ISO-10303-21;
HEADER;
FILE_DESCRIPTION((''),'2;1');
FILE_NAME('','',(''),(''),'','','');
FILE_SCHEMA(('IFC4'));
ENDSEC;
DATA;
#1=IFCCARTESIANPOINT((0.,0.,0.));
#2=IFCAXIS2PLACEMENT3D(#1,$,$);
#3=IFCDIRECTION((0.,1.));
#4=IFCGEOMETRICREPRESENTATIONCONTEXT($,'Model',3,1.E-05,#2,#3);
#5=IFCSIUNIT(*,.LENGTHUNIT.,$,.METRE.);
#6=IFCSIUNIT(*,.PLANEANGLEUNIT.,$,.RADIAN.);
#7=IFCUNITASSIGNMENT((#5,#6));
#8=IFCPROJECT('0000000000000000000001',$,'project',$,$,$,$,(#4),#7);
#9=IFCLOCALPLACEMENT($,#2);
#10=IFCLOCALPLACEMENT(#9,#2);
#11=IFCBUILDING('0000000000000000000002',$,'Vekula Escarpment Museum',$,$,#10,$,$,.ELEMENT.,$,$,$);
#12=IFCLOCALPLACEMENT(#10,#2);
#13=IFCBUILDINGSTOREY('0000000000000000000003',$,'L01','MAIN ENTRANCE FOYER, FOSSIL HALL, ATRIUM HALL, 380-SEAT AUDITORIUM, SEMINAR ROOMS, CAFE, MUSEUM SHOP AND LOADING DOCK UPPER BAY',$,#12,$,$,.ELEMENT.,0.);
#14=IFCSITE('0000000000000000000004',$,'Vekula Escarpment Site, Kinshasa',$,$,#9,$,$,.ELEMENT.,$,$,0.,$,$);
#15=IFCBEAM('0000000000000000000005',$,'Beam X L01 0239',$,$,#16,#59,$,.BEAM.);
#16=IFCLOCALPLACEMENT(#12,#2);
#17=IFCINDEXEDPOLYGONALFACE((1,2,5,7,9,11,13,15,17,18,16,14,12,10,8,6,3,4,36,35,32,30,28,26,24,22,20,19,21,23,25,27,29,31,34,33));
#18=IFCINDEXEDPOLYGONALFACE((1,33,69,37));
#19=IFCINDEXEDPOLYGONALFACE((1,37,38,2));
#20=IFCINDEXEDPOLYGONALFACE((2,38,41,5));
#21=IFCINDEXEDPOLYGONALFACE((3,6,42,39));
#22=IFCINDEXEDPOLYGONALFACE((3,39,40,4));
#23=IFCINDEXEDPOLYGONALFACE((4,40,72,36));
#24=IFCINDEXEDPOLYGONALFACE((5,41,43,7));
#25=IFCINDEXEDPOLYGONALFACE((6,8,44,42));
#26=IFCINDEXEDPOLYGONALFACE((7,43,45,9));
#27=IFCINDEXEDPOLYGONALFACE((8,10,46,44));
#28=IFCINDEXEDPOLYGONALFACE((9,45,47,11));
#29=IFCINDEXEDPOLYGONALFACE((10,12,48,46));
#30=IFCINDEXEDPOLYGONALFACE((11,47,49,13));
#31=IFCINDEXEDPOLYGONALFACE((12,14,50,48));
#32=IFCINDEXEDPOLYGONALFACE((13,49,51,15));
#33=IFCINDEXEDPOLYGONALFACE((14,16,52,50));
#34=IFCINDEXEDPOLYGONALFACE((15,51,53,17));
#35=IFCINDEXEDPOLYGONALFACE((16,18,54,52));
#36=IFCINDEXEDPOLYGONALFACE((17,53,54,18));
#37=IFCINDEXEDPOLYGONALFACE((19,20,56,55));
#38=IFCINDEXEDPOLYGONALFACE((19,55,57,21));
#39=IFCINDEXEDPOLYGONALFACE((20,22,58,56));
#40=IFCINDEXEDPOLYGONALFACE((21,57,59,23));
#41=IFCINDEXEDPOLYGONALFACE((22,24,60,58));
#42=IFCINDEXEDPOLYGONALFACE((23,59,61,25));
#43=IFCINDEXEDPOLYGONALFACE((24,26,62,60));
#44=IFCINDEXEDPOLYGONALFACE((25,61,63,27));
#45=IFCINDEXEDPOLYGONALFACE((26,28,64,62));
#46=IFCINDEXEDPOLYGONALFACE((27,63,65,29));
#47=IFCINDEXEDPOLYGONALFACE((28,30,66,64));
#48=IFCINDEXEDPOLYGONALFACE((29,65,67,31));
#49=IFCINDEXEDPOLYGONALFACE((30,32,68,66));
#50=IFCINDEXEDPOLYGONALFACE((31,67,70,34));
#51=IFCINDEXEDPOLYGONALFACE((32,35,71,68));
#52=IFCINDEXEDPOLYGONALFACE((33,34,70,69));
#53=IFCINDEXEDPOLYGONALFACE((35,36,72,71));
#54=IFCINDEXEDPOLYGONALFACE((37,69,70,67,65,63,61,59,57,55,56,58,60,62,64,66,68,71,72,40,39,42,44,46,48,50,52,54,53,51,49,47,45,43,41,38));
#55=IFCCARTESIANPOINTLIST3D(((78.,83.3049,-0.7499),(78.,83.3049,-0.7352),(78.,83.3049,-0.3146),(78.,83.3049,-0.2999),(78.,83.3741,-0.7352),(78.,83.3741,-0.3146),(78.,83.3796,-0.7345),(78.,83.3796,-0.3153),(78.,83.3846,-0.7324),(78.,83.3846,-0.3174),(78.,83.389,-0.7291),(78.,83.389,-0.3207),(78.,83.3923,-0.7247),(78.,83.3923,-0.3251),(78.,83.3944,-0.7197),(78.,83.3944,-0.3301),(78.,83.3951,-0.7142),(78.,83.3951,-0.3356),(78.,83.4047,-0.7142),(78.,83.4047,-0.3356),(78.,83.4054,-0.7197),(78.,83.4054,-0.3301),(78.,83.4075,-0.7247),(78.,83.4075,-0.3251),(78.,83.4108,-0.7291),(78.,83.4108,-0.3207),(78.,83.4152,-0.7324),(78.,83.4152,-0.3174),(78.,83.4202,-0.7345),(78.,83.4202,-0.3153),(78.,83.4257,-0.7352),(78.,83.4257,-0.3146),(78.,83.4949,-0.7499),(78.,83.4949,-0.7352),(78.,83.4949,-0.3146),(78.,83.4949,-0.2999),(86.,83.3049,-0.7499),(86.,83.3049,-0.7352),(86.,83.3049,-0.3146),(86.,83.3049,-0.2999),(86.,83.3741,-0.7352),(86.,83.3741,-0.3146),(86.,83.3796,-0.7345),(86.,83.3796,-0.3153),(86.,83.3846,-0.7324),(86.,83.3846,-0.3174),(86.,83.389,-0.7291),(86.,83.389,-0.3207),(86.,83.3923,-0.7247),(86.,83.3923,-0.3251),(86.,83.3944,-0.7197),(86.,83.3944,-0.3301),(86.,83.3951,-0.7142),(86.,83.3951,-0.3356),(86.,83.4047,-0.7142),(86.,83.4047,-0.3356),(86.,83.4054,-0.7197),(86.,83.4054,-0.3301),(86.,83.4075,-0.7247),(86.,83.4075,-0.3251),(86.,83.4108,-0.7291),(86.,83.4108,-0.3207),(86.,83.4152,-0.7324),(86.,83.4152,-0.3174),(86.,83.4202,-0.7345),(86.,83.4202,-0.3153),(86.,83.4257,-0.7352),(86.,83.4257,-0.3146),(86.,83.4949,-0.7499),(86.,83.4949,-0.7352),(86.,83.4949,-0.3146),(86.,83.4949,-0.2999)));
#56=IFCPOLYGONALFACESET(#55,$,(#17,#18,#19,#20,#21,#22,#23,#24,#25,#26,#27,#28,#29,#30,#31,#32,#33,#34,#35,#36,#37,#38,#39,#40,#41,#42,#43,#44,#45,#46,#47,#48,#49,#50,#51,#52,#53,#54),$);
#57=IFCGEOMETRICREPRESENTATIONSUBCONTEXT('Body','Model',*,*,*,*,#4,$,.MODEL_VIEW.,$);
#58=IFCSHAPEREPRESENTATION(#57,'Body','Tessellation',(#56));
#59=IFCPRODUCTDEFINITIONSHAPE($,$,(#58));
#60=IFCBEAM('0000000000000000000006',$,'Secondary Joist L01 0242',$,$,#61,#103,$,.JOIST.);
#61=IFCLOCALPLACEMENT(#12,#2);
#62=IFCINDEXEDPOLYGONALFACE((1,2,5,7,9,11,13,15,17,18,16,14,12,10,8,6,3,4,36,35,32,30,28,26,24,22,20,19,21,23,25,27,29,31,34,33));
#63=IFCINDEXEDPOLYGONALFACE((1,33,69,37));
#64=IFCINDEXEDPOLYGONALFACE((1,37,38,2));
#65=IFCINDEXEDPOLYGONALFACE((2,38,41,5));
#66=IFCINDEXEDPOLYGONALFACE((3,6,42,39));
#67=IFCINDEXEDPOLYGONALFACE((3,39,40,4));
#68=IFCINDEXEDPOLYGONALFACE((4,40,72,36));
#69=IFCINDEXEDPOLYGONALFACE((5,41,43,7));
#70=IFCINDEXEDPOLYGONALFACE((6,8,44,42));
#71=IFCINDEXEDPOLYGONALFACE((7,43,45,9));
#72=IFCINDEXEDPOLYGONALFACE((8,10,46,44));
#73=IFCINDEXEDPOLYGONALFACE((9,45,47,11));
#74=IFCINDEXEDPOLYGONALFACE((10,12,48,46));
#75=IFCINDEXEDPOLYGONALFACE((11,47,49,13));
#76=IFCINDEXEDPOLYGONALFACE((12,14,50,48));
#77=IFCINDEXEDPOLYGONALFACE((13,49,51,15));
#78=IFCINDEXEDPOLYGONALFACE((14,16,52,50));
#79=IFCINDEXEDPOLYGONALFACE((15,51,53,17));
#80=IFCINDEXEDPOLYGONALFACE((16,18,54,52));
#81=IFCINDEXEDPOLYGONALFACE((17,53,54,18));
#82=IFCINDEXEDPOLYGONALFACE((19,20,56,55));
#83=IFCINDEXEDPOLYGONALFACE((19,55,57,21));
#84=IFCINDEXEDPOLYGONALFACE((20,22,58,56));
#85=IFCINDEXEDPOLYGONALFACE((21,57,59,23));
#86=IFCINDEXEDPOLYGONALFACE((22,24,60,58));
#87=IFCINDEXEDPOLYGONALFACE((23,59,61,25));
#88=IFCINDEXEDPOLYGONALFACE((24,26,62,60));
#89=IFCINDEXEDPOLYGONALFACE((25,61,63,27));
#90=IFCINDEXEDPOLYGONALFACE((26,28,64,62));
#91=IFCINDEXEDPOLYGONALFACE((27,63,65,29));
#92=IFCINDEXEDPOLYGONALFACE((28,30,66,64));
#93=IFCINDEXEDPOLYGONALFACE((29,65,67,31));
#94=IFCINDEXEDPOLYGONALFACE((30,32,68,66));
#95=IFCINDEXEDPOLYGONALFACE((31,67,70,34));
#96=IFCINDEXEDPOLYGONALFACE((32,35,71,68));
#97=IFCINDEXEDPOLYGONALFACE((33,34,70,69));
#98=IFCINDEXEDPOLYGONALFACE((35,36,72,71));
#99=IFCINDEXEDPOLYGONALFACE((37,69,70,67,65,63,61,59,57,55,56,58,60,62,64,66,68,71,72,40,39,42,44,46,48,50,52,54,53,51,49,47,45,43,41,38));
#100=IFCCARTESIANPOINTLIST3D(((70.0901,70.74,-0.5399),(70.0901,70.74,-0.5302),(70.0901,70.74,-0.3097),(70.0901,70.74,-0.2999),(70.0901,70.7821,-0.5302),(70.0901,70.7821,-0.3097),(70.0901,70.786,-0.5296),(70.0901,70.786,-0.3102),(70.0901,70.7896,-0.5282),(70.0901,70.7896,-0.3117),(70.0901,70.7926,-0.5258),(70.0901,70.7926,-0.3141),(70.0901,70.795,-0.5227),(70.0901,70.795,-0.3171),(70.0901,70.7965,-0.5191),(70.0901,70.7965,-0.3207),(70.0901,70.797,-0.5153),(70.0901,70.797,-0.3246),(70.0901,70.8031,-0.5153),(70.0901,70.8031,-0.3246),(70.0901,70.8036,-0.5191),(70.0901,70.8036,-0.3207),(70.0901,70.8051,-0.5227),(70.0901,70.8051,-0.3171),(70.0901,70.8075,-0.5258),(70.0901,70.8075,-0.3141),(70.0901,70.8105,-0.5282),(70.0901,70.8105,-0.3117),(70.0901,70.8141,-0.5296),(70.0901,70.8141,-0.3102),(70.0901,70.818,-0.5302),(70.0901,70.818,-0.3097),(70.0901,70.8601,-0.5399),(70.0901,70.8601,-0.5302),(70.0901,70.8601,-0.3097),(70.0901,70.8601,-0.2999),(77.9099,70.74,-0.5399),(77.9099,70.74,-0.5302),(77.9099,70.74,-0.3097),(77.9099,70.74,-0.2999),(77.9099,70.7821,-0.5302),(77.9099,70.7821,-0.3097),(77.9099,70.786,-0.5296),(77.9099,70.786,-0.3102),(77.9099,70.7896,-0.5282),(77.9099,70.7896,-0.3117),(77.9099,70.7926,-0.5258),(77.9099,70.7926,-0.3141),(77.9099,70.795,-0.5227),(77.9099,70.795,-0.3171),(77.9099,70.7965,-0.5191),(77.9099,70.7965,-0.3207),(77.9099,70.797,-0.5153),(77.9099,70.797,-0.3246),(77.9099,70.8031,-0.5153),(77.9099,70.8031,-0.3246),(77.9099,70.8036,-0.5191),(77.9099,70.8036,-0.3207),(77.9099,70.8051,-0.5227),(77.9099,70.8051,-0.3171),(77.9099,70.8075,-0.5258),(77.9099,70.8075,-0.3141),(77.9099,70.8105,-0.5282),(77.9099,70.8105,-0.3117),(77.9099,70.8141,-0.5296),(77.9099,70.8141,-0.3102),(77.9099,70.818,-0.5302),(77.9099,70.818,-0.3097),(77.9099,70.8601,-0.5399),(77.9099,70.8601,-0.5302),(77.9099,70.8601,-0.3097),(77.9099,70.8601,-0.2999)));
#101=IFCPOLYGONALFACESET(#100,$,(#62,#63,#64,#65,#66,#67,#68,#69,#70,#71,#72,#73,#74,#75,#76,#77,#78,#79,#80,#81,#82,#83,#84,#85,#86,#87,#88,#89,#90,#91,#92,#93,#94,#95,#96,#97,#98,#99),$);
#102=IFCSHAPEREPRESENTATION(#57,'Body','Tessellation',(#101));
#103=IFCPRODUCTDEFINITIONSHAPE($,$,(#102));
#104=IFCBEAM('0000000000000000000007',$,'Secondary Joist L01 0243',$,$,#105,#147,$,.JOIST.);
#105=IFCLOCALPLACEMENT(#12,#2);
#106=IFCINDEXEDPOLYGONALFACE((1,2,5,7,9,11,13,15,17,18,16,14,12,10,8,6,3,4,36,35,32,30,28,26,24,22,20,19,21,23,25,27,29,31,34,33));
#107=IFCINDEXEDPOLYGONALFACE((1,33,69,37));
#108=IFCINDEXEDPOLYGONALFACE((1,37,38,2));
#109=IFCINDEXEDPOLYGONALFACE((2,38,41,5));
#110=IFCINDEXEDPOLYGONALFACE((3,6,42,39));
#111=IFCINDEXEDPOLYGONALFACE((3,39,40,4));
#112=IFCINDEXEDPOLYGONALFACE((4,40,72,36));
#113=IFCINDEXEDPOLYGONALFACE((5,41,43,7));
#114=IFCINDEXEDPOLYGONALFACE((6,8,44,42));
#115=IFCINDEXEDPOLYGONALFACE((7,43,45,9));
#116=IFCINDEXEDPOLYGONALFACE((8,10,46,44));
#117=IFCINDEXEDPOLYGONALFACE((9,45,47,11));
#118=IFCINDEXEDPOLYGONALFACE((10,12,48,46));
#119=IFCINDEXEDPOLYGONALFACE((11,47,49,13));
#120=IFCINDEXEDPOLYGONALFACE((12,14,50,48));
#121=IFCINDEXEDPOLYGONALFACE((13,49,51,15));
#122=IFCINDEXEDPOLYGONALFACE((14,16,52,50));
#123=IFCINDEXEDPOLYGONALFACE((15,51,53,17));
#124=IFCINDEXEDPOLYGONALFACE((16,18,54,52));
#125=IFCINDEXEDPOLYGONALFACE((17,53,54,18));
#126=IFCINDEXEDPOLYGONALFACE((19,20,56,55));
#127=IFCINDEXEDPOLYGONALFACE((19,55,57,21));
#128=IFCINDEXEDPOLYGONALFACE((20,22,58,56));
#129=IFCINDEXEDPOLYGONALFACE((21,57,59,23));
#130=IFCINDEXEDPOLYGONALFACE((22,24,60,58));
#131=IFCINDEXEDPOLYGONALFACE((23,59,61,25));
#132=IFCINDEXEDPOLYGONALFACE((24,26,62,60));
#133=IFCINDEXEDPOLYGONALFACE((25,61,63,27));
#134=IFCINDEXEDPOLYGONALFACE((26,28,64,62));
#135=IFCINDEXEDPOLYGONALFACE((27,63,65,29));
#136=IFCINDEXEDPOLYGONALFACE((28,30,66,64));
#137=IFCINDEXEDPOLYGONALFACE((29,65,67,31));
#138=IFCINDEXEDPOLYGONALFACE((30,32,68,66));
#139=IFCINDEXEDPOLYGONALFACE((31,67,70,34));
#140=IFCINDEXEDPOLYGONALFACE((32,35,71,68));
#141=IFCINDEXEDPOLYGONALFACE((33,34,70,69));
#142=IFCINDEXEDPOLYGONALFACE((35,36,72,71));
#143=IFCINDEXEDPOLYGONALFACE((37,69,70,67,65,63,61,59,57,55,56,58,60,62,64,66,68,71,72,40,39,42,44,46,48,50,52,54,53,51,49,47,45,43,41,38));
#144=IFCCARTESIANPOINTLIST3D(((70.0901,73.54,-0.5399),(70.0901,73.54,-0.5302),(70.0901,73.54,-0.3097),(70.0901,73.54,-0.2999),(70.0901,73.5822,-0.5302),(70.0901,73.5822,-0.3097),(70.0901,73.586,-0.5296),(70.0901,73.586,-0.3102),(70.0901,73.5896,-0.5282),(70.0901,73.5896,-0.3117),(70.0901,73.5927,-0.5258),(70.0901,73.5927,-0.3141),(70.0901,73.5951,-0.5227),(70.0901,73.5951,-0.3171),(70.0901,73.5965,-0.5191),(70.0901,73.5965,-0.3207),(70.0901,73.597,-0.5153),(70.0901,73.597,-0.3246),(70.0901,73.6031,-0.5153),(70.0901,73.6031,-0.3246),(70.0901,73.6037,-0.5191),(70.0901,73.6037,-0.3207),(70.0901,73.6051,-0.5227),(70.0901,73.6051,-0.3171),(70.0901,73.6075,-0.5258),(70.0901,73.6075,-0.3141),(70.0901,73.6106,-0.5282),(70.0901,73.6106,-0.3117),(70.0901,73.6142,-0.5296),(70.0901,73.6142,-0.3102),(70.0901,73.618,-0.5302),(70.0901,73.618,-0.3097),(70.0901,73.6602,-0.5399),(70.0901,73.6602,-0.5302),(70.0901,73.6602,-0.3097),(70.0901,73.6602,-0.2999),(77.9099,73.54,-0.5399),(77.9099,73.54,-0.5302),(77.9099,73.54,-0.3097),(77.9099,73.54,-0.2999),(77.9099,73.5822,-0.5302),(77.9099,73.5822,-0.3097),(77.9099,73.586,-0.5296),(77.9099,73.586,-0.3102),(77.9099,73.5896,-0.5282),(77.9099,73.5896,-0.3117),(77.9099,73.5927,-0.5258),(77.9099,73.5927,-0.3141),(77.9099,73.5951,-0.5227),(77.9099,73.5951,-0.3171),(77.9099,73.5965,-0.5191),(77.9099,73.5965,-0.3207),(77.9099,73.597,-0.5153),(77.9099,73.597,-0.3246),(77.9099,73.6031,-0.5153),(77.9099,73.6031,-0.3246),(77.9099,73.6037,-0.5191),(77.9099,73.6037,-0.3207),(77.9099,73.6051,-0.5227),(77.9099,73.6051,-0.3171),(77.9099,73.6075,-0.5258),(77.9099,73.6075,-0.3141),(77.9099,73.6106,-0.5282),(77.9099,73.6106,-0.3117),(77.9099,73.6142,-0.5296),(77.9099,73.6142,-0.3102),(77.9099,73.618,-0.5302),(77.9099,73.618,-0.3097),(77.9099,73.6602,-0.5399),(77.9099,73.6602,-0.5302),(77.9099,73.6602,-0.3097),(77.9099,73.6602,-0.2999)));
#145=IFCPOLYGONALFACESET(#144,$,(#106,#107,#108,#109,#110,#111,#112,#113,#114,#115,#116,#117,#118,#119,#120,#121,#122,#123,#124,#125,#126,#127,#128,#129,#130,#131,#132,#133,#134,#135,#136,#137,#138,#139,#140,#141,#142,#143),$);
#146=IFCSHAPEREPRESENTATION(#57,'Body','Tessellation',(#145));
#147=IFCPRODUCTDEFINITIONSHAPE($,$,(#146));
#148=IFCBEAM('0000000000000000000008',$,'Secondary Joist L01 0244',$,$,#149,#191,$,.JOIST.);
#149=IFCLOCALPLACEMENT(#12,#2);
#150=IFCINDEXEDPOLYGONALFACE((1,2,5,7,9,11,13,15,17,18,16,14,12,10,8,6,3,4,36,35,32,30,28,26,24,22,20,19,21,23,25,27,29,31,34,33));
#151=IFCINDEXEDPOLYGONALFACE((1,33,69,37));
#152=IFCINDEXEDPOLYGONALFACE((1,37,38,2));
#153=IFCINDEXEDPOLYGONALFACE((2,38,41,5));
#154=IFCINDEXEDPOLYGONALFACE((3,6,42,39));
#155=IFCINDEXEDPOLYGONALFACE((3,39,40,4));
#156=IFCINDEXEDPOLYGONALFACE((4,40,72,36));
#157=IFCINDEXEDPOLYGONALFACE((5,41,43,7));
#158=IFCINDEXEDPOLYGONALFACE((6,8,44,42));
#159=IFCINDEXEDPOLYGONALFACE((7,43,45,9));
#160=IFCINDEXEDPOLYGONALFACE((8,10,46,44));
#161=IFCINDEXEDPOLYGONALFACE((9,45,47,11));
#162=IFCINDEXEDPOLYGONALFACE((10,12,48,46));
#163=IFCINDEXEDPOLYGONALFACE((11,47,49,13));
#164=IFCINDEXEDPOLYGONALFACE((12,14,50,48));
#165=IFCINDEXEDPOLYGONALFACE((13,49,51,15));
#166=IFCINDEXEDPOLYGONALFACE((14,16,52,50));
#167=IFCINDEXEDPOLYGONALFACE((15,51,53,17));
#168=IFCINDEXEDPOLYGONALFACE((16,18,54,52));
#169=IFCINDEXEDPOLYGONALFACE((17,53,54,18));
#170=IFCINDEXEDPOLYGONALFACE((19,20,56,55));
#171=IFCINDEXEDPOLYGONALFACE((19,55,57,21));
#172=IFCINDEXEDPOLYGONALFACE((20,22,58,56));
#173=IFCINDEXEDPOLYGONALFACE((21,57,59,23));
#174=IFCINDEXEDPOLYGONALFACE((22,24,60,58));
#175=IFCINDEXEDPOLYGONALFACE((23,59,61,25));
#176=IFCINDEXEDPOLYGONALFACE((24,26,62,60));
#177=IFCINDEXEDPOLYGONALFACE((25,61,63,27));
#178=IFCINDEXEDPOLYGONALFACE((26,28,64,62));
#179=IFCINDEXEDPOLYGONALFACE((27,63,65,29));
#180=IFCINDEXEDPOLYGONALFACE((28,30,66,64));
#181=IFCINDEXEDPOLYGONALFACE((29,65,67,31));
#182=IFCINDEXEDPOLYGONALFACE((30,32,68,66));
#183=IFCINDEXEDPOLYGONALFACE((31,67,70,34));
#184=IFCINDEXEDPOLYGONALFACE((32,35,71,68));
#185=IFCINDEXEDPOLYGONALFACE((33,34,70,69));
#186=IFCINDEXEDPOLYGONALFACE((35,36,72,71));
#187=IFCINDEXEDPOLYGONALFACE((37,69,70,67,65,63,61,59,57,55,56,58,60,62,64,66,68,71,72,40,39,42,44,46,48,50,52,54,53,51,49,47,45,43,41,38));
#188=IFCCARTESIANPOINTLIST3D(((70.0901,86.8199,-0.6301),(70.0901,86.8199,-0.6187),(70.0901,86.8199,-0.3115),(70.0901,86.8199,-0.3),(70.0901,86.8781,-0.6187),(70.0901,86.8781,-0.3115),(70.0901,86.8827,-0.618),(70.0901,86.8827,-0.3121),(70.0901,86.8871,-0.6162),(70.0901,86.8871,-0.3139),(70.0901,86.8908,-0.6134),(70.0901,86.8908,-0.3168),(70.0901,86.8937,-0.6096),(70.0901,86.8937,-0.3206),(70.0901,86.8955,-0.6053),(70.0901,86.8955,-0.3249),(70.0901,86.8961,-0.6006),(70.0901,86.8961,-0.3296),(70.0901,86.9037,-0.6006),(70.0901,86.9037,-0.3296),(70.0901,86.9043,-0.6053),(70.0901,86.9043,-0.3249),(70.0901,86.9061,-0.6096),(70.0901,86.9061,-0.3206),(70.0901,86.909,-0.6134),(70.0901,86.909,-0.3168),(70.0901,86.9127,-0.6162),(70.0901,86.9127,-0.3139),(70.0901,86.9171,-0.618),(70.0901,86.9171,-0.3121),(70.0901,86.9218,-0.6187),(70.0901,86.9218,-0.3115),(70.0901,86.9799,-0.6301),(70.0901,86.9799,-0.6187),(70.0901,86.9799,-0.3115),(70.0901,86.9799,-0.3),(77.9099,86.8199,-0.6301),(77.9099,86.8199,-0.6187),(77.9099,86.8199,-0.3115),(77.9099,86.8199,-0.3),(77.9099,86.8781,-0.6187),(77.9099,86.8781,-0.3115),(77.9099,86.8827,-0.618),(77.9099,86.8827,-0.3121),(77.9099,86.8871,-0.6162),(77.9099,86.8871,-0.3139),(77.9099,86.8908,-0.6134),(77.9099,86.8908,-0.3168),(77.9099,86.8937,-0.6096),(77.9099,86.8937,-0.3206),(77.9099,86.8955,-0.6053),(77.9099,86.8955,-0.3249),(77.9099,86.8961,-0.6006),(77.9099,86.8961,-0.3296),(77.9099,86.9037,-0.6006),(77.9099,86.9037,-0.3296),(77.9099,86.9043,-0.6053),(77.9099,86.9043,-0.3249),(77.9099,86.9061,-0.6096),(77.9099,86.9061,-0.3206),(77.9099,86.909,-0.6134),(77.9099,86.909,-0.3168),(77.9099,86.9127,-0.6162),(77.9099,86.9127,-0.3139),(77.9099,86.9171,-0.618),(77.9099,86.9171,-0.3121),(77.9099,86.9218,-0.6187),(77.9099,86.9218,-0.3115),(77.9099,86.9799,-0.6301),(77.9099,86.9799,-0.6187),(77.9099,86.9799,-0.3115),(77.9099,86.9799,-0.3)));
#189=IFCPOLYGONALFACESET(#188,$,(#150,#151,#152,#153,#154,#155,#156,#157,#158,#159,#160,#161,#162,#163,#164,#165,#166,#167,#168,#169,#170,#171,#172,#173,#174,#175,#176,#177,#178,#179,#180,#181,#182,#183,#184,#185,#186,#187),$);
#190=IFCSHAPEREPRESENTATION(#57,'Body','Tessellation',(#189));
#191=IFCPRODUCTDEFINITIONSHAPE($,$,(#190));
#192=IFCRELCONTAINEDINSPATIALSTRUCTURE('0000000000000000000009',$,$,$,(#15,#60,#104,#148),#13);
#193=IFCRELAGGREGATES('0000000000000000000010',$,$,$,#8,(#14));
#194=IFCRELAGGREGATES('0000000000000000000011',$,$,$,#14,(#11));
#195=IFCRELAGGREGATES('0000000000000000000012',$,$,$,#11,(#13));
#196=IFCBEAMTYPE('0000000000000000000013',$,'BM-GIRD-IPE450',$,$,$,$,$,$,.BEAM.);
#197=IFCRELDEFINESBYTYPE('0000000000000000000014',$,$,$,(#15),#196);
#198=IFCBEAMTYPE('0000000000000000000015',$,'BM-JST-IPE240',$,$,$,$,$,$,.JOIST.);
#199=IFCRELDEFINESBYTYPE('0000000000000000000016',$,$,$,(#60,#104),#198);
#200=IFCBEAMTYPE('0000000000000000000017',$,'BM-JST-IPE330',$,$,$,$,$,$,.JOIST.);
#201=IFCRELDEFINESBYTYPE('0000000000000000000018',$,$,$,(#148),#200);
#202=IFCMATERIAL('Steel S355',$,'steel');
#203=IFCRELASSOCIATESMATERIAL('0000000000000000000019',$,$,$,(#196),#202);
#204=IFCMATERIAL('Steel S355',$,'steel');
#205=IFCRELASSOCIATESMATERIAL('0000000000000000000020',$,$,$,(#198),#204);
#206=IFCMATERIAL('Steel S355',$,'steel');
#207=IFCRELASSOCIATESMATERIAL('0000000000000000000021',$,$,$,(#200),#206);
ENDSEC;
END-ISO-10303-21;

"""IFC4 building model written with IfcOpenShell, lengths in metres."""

from ifc_helpers import new_model, si_unit, direction, frame, origin, origin_2d, place, context, subcontext, project, spatial, i_section, extrude, material, material_profile, profile_set, type_object, element, save


model = new_model("IFC4")

# Units and contexts
model_context = context("Model", 3, precision=1e-05, world=origin(), true_north=direction((0.0, 1.0)))
body_context = subcontext(model_context, "Body", "Model", "MODEL_VIEW")
ifc_project = project(units=[si_unit("LENGTHUNIT", "METRE"), si_unit("PLANEANGLEUNIT", "RADIAN")], contexts=[model_context])

# Site, building, storey
site_placement = place(None, origin())
site = spatial("IfcSite", under=ifc_project, at=site_placement, Name="Vekula Escarpment Site, Kinshasa", CompositionType="ELEMENT", RefElevation=0.0)
building_placement = place(site_placement, origin())
building = spatial("IfcBuilding", under=site, at=building_placement, Name="Vekula Escarpment Museum", CompositionType="ELEMENT")
storey_placement = place(building_placement, origin())
storey = spatial("IfcBuildingStorey", under=building, at=storey_placement, Name="L01", Description="MAIN ENTRANCE FOYER, FOSSIL HALL, ATRIUM HALL, 380-SEAT AUDITORIUM, SEMINAR ROOMS, CAFE, MUSEUM SHOP AND LOADING DOCK UPPER BAY", CompositionType="ELEMENT", Elevation=0.0)

# Beams
ifc_material_1 = material(Name="Steel S355", Category="steel")
ifc_material_profile_1 = material_profile(ifc_material_1, i_section(OverallWidth=0.1899, OverallDepth=0.45, WebThickness=0.0095, FlangeThickness=0.0146, FilletRadius=0.021, at=origin_2d()), Name="IPE 450")
ifc_profile_set_1 = profile_set([ifc_material_profile_1], Name="Steel S355")
beam_type_1 = type_object("IfcBeamType", Name="BM-GIRD-IPE450", PredefinedType="BEAM", material=ifc_profile_set_1)
beam_1_placement = place(storey_placement, frame((78.0, 83.3999, -0.5249), z_axis=(1.0, 0.0, 0.0), x_axis=(0.0, 1.0, 0.0)))
element("IfcBeam", 1, at=beam_1_placement, inside=storey, type_object=beam_type_1, Name="Beam X L01 0239", PredefinedType="BEAM", context=body_context, shape_type="SweptSolid", body=[
    extrude(i_section(OverallWidth=0.1899, OverallDepth=0.45, WebThickness=0.0095, FlangeThickness=0.0146, FilletRadius=0.021, at=origin_2d()), origin(), (0.0, 0.0, 1.0), 8.0),
])
ifc_material_2 = material(Name="Steel S355", Category="steel")
ifc_material_profile_2 = material_profile(ifc_material_2, i_section(OverallWidth=0.1201, OverallDepth=0.24, WebThickness=0.0061, FlangeThickness=0.0098, FilletRadius=0.0149, at=origin_2d()), Name="IPE 240")
ifc_profile_set_2 = profile_set([ifc_material_profile_2], Name="Steel S355")
beam_type_2 = type_object("IfcBeamType", Name="BM-JST-IPE240", PredefinedType="JOIST", material=ifc_profile_set_2)
for number, where, z_axis, x_axis, name in (
    (2, (70.0901, 70.8, -0.4199), (1.0, 0.0, 0.0), (0.0, 1.0, 0.0), "Secondary Joist L01 0242"),
    (3, (70.0901, 73.6001, -0.4199), (1.0, 0.0, 0.0), (0.0, 1.0, 0.0), "Secondary Joist L01 0243"),
):
    element("IfcBeam", number, at=place(storey_placement, frame(where, z_axis=z_axis, x_axis=x_axis)), inside=storey, type_object=beam_type_2, Name=name, PredefinedType="JOIST", context=body_context, shape_type="SweptSolid", body=[
        extrude(i_section(OverallWidth=0.1201, OverallDepth=0.24, WebThickness=0.0061, FlangeThickness=0.0098, FilletRadius=0.0149, at=origin_2d()), origin(), (0.0, 0.0, 1.0), 7.8198),
    ])
ifc_material_3 = material(Name="Steel S355", Category="steel")
ifc_material_profile_3 = material_profile(ifc_material_3, i_section(OverallWidth=0.1599, OverallDepth=0.3301, WebThickness=0.0076, FlangeThickness=0.0115, FilletRadius=0.0181, at=origin_2d()), Name="IPE 330")
ifc_profile_set_3 = profile_set([ifc_material_profile_3], Name="Steel S355")
beam_type_3 = type_object("IfcBeamType", Name="BM-JST-IPE330", PredefinedType="JOIST", material=ifc_profile_set_3)
beam_2_placement = place(storey_placement, frame((70.0901, 86.8999, -0.4651), z_axis=(1.0, 0.0, 0.0), x_axis=(0.0, 1.0, 0.0)))
element("IfcBeam", 4, at=beam_2_placement, inside=storey, type_object=beam_type_3, Name="Secondary Joist L01 0244", PredefinedType="JOIST", context=body_context, shape_type="SweptSolid", body=[
    extrude(i_section(OverallWidth=0.1599, OverallDepth=0.3301, WebThickness=0.0076, FlangeThickness=0.0115, FilletRadius=0.0181, at=origin_2d()), origin(), (0.0, 0.0, 1.0), 7.8198),
])

save(model, "model.ifc")
